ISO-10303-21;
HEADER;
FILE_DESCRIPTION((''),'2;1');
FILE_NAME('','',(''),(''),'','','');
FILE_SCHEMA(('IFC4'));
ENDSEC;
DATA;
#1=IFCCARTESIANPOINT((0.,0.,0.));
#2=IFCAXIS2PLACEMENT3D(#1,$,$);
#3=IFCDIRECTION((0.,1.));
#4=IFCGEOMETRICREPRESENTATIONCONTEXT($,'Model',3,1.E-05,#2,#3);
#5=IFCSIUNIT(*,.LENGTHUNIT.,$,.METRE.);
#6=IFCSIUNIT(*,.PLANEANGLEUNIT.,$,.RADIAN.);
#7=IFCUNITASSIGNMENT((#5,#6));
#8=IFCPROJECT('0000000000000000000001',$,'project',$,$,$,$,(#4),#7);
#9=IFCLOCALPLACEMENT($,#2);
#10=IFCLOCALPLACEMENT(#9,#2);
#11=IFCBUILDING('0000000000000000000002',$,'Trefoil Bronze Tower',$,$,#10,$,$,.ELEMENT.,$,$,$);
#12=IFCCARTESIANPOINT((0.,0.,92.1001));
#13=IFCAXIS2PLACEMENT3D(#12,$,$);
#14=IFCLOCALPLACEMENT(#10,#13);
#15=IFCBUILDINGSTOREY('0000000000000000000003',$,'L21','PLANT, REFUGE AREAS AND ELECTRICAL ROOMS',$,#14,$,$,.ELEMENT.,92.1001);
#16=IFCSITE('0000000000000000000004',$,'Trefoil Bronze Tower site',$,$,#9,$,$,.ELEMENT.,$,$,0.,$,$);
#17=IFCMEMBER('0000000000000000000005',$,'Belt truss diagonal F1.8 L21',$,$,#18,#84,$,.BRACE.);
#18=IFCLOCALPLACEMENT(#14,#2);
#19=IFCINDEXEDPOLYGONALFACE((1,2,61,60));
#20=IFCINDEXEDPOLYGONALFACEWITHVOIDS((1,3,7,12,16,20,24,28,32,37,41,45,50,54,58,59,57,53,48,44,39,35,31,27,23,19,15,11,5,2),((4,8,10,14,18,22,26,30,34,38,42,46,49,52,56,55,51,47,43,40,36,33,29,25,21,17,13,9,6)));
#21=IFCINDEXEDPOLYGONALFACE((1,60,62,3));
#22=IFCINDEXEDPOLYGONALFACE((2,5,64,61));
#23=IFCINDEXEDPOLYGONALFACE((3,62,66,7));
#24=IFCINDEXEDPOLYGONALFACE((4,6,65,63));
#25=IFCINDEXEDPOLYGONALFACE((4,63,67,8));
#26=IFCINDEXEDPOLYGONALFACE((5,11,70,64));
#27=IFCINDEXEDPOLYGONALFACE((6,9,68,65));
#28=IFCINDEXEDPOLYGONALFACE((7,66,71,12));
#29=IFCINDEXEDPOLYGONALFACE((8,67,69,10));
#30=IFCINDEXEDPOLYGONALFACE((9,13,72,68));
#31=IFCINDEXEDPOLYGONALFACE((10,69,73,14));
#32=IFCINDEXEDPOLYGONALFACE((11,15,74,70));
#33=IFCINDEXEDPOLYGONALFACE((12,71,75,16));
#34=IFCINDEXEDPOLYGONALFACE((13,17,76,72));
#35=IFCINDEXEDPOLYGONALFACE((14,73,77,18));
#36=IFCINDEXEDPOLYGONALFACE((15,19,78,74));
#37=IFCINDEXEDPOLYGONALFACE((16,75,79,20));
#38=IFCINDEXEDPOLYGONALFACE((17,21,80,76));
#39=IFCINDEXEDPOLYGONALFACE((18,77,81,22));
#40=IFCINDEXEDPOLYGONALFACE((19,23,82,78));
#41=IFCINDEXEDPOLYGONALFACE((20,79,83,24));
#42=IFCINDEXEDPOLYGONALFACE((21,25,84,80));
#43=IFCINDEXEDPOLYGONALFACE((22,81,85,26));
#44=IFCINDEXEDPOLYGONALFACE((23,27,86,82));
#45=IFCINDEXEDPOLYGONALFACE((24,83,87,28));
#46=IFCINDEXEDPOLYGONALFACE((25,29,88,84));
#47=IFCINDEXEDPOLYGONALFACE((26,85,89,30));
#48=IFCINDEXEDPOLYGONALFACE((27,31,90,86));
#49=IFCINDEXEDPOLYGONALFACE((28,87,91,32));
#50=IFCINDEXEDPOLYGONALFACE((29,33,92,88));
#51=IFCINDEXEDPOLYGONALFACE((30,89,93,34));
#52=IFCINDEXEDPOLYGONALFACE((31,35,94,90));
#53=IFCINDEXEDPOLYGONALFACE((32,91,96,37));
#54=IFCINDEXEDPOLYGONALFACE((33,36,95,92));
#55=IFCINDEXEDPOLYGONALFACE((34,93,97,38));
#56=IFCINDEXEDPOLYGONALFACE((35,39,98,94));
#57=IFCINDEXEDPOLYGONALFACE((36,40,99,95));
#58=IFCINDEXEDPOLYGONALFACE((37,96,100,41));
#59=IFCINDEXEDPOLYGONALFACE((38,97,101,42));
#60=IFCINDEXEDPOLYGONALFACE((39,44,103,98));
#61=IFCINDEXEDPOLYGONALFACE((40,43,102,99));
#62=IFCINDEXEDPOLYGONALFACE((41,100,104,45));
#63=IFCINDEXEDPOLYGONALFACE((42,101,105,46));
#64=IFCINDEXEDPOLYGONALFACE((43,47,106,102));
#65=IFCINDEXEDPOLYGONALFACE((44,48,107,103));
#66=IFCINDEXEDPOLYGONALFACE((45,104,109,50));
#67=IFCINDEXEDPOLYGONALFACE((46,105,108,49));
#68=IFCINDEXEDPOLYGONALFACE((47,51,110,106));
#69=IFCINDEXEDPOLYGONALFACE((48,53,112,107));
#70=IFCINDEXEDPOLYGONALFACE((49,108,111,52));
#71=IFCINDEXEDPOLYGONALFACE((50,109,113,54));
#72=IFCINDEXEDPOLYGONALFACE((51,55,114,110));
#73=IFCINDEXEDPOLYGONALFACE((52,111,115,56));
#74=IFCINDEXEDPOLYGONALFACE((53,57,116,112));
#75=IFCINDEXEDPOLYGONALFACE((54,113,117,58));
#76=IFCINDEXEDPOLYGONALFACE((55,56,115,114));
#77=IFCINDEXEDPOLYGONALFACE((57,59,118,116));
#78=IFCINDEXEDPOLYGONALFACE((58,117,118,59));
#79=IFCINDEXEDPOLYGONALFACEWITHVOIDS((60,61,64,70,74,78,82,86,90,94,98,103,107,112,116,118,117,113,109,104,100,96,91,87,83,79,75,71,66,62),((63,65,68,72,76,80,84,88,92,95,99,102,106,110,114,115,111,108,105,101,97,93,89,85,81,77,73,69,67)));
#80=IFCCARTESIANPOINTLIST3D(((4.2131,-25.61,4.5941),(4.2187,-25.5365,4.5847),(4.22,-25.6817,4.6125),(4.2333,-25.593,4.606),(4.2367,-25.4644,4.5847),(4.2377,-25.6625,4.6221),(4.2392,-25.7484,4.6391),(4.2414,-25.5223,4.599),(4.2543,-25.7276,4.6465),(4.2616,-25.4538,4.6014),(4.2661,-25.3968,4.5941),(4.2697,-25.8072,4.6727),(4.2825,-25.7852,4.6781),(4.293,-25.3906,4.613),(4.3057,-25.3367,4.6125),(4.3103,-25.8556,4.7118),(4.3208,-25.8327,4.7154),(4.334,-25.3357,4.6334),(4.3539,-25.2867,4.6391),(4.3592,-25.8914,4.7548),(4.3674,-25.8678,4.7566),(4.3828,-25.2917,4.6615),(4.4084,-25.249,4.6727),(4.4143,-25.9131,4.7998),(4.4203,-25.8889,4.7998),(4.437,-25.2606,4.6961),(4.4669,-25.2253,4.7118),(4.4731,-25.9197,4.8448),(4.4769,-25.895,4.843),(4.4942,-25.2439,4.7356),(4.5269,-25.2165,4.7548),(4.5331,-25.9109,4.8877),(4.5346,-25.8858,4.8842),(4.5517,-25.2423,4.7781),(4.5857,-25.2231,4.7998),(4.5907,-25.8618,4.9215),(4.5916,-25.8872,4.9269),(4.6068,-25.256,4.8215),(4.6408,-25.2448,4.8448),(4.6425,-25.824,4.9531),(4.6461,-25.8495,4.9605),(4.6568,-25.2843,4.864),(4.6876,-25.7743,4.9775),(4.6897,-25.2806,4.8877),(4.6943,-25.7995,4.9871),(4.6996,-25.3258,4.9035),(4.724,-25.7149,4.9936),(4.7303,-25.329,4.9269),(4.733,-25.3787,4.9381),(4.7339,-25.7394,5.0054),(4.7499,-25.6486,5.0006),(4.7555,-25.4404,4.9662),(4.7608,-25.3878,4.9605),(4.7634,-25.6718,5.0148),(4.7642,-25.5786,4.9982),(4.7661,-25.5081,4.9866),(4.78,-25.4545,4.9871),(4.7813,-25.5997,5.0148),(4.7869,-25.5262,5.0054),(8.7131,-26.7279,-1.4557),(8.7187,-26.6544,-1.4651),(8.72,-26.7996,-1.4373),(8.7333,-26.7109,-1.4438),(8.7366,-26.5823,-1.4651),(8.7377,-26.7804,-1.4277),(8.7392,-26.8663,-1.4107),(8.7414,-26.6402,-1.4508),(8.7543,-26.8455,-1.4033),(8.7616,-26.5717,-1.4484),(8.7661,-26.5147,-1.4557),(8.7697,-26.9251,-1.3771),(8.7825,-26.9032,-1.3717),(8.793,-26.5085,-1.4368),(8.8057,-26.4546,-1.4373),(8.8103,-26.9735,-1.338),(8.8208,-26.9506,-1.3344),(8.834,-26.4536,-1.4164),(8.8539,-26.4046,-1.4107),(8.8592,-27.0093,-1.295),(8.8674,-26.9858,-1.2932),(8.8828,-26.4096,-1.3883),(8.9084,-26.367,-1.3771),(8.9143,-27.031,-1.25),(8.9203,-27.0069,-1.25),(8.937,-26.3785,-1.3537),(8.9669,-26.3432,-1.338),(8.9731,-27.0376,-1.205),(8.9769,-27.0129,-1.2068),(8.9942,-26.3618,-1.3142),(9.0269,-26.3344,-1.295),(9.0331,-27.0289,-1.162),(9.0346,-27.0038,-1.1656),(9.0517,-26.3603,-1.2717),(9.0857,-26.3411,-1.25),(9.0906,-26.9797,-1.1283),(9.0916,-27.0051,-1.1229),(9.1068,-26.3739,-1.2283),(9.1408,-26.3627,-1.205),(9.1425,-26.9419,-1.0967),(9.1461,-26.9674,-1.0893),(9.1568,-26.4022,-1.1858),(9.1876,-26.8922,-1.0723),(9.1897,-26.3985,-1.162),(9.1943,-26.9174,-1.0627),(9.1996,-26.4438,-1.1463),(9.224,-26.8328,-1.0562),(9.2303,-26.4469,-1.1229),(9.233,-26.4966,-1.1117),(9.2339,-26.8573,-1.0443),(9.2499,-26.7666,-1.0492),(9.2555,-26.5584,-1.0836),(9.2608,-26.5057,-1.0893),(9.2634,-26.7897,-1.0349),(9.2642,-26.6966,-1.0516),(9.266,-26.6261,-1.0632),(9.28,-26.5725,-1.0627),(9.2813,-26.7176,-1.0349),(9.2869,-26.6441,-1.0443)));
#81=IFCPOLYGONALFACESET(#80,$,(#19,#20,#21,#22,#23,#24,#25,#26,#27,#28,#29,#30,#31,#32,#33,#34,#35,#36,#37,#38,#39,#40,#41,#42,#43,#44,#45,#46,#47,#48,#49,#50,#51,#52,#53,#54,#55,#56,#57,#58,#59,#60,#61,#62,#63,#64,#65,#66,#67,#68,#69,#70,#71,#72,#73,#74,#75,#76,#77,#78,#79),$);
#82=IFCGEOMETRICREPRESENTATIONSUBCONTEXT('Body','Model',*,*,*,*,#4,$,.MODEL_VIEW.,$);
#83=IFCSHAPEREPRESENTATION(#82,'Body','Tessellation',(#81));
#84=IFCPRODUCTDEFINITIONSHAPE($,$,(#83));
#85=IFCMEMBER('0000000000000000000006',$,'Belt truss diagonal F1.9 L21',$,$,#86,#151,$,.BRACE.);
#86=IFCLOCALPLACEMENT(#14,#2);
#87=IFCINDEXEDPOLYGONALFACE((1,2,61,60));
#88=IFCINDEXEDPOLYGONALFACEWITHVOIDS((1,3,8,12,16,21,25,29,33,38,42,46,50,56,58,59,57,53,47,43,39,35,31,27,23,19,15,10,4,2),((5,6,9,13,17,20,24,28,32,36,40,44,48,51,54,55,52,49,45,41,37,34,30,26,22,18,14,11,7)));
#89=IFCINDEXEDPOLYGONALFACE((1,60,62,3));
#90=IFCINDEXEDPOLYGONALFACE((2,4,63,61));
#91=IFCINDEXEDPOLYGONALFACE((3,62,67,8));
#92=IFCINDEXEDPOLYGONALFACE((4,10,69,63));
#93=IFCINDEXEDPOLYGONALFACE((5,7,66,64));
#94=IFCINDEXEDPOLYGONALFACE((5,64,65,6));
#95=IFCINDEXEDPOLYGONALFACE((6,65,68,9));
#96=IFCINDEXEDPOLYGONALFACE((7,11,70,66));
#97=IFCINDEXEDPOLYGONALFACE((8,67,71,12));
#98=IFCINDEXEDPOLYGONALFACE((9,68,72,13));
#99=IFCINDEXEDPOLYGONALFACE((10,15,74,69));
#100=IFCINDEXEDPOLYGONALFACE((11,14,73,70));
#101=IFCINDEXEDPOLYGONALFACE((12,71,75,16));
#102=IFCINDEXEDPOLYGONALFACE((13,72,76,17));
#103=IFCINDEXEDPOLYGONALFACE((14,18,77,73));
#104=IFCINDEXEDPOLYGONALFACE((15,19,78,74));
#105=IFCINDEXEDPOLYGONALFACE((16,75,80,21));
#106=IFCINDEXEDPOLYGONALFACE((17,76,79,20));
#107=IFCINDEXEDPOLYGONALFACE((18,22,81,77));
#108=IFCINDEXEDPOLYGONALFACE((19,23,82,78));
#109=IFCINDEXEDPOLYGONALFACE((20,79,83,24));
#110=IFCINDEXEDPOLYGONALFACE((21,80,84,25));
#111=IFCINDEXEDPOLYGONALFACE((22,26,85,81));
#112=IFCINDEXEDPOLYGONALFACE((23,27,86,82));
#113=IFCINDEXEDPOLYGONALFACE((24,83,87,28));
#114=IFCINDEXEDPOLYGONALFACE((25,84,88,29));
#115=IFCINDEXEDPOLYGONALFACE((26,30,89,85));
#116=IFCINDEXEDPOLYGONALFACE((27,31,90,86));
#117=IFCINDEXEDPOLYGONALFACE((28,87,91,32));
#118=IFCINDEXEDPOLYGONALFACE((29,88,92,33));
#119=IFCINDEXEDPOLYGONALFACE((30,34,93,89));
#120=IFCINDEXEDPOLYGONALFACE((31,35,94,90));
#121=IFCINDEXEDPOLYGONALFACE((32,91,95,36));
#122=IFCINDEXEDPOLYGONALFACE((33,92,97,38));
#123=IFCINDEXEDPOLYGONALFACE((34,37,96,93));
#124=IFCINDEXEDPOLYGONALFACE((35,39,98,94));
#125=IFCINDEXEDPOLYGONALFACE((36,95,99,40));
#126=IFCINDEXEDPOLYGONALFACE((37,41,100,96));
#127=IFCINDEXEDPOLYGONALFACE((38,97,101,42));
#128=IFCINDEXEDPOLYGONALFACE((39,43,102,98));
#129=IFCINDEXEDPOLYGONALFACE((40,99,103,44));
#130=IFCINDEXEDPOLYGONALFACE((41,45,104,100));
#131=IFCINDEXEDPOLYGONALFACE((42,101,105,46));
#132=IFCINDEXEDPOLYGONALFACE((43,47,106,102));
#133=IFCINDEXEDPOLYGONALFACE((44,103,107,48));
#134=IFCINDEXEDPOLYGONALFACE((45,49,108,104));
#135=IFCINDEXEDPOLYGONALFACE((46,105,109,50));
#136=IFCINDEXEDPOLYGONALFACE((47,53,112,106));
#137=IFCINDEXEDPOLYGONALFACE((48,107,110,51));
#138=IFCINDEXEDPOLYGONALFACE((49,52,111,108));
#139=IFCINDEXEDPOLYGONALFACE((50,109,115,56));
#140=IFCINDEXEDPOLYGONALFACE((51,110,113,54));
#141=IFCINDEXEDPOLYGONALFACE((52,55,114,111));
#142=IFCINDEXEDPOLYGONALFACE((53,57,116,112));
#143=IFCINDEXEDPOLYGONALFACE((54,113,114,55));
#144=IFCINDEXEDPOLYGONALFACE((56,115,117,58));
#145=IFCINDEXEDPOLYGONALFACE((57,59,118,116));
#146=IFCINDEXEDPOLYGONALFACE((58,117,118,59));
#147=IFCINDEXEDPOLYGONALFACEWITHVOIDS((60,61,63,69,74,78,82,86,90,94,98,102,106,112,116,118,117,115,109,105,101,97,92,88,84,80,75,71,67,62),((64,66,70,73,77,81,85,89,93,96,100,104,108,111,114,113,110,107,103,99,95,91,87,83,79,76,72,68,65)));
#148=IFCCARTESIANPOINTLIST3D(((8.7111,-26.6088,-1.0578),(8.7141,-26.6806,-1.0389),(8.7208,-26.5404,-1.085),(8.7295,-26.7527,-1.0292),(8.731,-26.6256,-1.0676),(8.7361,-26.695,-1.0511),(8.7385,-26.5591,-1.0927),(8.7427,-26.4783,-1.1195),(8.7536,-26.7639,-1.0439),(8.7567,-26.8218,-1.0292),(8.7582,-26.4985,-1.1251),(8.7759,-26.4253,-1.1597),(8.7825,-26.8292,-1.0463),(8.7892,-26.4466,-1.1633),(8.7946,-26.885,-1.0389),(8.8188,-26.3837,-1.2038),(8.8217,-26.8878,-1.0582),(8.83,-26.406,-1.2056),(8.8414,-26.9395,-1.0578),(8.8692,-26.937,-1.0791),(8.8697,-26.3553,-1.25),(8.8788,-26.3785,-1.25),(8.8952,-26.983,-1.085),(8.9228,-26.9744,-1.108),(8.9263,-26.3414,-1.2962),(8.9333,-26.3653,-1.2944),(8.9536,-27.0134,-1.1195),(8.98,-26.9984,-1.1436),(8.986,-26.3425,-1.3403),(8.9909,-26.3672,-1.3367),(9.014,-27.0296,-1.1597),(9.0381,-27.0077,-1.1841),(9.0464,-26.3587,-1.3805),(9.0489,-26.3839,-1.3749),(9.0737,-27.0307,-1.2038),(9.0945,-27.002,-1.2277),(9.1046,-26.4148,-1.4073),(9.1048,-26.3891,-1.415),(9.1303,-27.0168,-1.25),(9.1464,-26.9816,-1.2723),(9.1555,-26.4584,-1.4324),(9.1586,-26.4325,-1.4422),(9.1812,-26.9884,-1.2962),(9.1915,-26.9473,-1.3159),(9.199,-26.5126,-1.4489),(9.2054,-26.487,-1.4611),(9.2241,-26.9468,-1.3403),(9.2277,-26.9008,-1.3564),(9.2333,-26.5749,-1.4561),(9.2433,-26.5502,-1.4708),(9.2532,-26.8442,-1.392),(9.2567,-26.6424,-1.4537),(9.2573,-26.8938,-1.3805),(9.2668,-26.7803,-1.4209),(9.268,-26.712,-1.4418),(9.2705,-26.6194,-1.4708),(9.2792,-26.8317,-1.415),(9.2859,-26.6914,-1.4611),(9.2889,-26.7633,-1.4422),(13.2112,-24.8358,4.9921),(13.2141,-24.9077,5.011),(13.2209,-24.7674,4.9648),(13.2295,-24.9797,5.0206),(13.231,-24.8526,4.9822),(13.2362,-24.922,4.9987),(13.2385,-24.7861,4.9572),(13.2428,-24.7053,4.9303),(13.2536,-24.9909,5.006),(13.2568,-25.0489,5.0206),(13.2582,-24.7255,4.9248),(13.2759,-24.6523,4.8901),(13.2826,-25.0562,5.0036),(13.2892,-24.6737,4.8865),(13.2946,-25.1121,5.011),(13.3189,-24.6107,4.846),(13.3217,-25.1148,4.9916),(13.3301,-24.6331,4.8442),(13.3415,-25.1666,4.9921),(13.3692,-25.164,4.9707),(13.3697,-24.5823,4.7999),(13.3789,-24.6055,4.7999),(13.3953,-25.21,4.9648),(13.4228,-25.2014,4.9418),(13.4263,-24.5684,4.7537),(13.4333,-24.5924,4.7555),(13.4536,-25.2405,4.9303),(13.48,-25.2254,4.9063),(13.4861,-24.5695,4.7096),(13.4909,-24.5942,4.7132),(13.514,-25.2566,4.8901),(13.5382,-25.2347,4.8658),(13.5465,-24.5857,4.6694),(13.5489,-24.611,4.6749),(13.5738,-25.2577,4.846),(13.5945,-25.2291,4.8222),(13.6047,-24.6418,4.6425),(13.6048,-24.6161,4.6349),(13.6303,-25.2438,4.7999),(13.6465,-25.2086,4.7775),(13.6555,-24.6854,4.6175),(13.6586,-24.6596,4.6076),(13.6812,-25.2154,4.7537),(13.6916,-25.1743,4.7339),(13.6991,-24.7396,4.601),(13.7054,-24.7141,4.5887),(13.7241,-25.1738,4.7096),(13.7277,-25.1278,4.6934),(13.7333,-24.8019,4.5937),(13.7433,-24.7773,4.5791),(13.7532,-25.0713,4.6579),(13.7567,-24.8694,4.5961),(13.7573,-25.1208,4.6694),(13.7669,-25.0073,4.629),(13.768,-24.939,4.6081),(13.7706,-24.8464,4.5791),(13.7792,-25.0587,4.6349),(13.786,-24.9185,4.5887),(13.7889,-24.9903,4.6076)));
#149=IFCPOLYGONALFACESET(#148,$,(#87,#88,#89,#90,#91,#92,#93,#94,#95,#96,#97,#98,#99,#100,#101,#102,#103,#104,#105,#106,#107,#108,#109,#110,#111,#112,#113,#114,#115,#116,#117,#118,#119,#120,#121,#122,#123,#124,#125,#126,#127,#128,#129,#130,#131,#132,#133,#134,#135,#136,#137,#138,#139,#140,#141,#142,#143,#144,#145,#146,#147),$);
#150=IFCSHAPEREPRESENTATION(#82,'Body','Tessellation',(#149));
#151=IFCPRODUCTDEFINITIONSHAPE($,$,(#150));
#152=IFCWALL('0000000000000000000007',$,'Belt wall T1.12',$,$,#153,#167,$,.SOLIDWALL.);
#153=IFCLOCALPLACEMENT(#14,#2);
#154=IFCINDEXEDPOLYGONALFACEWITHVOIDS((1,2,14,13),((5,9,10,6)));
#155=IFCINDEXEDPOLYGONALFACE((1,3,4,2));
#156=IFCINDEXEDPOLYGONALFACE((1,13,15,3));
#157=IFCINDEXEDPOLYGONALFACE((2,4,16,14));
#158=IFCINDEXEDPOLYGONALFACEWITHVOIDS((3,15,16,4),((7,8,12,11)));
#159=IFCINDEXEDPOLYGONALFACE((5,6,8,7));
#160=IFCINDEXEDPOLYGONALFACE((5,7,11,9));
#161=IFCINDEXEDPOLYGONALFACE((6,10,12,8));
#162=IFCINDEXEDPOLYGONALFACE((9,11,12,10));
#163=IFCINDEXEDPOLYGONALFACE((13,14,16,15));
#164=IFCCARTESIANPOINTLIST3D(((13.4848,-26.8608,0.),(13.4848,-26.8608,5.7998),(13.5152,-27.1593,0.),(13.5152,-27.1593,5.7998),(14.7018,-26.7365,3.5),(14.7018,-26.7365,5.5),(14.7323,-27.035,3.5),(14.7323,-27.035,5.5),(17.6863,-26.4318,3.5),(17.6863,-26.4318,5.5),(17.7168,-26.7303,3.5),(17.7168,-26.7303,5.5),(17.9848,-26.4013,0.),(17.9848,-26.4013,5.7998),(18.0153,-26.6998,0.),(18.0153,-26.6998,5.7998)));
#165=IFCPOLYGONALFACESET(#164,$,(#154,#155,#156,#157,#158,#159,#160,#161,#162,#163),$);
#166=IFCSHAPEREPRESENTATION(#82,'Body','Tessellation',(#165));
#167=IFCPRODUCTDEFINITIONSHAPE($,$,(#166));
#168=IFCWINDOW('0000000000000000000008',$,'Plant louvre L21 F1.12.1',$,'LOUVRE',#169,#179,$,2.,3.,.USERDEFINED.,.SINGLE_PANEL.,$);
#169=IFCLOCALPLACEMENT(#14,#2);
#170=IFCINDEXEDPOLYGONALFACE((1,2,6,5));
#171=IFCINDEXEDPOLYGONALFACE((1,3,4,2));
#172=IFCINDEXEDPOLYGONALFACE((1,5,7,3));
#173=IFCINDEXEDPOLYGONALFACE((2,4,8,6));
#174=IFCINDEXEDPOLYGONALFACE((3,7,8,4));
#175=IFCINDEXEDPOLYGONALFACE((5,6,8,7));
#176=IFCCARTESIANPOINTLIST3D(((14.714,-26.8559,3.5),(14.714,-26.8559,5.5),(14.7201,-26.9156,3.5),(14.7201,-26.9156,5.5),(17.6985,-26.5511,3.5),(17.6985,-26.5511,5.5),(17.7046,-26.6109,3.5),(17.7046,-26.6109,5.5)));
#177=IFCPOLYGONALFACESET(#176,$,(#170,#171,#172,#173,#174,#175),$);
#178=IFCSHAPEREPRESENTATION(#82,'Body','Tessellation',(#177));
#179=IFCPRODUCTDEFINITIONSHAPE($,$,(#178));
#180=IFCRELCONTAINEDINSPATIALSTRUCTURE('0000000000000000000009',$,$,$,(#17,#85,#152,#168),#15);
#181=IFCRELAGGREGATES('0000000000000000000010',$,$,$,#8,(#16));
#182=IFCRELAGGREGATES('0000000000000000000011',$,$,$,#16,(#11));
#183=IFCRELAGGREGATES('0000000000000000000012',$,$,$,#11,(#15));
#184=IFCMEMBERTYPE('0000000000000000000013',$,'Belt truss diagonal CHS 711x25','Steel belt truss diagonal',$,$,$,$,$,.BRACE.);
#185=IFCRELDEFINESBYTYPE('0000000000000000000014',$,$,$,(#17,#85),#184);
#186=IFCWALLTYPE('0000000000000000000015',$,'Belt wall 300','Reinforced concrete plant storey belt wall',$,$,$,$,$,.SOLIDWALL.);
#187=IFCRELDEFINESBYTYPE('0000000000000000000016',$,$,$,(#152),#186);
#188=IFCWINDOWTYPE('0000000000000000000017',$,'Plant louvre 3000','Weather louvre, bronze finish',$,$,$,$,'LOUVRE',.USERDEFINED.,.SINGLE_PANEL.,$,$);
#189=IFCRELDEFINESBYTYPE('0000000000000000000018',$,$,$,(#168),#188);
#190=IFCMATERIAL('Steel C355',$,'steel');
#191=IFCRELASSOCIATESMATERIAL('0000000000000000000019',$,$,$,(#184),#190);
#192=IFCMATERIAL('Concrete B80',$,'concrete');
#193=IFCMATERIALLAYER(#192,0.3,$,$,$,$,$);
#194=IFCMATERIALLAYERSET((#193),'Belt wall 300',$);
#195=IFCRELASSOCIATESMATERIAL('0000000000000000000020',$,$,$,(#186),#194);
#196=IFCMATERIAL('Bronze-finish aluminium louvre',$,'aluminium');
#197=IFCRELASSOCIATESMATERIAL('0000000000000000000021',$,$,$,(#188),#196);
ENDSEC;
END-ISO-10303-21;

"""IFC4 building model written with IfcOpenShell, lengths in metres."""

from ifc_helpers import new_model, si_unit, direction, frame, frame_2d, origin, origin_2d, place, context, subcontext, project, spatial, rectangle, hollow_circle, extrude, material, layer, layer_set, material_profile, profile_set, type_object, element, fill, save


model = new_model("IFC4")

# Units and contexts
model_context = context("Model", 3, precision=1e-05, world=origin(), true_north=direction((0.0, 1.0)))
body_context = subcontext(model_context, "Body", "Model", "MODEL_VIEW")
ifc_project = project(units=[si_unit("LENGTHUNIT", "METRE"), si_unit("PLANEANGLEUNIT", "RADIAN")], contexts=[model_context])

# Site, building, storey
site_placement = place(None, origin())
site = spatial("IfcSite", under=ifc_project, at=site_placement, Name="Trefoil Bronze Tower site", CompositionType="ELEMENT", RefElevation=0.0)
building_placement = place(site_placement, origin())
building = spatial("IfcBuilding", under=site, at=building_placement, Name="Trefoil Bronze Tower", CompositionType="ELEMENT")
storey_placement = place(building_placement, frame((0.0, 0.0, 92.1001)))
storey = spatial("IfcBuildingStorey", under=building, at=storey_placement, Name="L21", Description="PLANT, REFUGE AREAS AND ELECTRICAL ROOMS", CompositionType="ELEMENT", Elevation=92.1001)

# Members
ifc_material_1 = material(Name="Steel C355", Category="steel")
ifc_material_profile = material_profile(ifc_material_1, hollow_circle(Radius=0.3555, WallThickness=0.0249, at=origin_2d()), Name="CHS 711x25")
ifc_profile_set = profile_set([ifc_material_profile], Name="Steel C355")
member_type = type_object("IfcMemberType", Name="Belt truss diagonal CHS 711x25", Description="Steel belt truss diagonal", PredefinedType="BRACE", material=ifc_profile_set)
member_1_placement = place(storey_placement, frame((9.0, -26.686, -1.25), z_axis=(-0.590371, 0.146664, 0.793695), x_axis=(-0.241098, -0.970501, 0.0)))
element("IfcMember", 1, at=member_1_placement, inside=storey, type_object=member_type, Name="Belt truss diagonal F1.8 L21", PredefinedType="BRACE", context=body_context, shape_type="SweptSolid", body=[
    extrude(hollow_circle(Radius=0.3555, WallThickness=0.0249, at=origin_2d()), origin(), (0.0, 0.0, 1.0), 7.6223),
])
member_2_placement = place(storey_placement, frame((9.0, -26.686, -1.25), z_axis=(0.580979, 0.228899, 0.781069), x_axis=(-0.366564, 0.930393, 0.0)))
element("IfcMember", 2, at=member_2_placement, inside=storey, type_object=member_type, Name="Belt truss diagonal F1.9 L21", PredefinedType="BRACE", context=body_context, shape_type="SweptSolid", body=[
    extrude(hollow_circle(Radius=0.3555, WallThickness=0.0249, at=origin_2d()), origin(), (0.0, 0.0, 1.0), 7.7456),
])

# Wall, opening, window
ifc_material_2 = material(Name="Concrete B80", Category="concrete")
ifc_layer_1 = layer(ifc_material_2, 0.3)
ifc_layer_set_1 = layer_set([ifc_layer_1], Name="Belt wall 300")
wall_type = type_object("IfcWallType", Name="Belt wall 300", Description="Reinforced concrete plant storey belt wall", PredefinedType="SOLIDWALL", material=ifc_layer_set_1)
wall_1_placement = place(storey_placement, frame((13.5, -27.01, 0.0), z_axis=(0.0, 0.0, 1.0), x_axis=(0.994828, 0.101577, 0.0)))
wall_1 = element("IfcWall", 3, at=wall_1_placement, inside=storey, type_object=wall_type, Name="Belt wall T1.12", PredefinedType="SOLIDWALL", context=body_context, shape_type="SweptSolid", body=[
    extrude(rectangle(XDim=4.5234, YDim=0.3, at=frame_2d((2.2617, 0.0))), origin(), (0.0, 0.0, 1.0), 5.7998),
])
opening_1_placement = place(wall_1_placement, frame((1.2234, 0.0, 3.5)))
opening_1 = element("IfcOpeningElement", 4, at=opening_1_placement, cuts=wall_1, PredefinedType="OPENING", context=body_context, shape_type="SweptSolid", body=[
    extrude(rectangle(XDim=3.0, YDim=2.0, at=frame_2d((1.5, 1.0))), frame((0.0, 0.1599, 0.0), z_axis=(0.0, -1.0, 0.0), x_axis=(1.0, 0.0, 0.0)), (0.0, 0.0, 1.0), 0.3201),
])
ifc_material_3 = material(Name="Bronze-finish aluminium louvre", Category="aluminium")
window_type = type_object("IfcWindowType", Name="Plant louvre 3000", Description="Weather louvre, bronze finish", ElementType="LOUVRE", PartitioningType="SINGLE_PANEL", PredefinedType="USERDEFINED", material=ifc_material_3)
window_1_placement = place(opening_1_placement, origin())
window_1 = element("IfcWindow", 5, at=window_1_placement, inside=storey, type_object=window_type, Name="Plant louvre L21 F1.12.1", ObjectType="LOUVRE", OverallHeight=2.0, OverallWidth=3.0, PartitioningType="SINGLE_PANEL", PredefinedType="USERDEFINED", context=body_context, shape_type="SweptSolid", body=[
    extrude(rectangle(XDim=3.0, YDim=2.0, at=frame_2d((1.5, 1.0))), frame((0.0, 0.03, 0.0), z_axis=(0.0, -1.0, 0.0), x_axis=(1.0, 0.0, 0.0)), (0.0, 0.0, 1.0), 0.0601),
])
fill(opening_1, window_1)

save(model, "model.ifc")
